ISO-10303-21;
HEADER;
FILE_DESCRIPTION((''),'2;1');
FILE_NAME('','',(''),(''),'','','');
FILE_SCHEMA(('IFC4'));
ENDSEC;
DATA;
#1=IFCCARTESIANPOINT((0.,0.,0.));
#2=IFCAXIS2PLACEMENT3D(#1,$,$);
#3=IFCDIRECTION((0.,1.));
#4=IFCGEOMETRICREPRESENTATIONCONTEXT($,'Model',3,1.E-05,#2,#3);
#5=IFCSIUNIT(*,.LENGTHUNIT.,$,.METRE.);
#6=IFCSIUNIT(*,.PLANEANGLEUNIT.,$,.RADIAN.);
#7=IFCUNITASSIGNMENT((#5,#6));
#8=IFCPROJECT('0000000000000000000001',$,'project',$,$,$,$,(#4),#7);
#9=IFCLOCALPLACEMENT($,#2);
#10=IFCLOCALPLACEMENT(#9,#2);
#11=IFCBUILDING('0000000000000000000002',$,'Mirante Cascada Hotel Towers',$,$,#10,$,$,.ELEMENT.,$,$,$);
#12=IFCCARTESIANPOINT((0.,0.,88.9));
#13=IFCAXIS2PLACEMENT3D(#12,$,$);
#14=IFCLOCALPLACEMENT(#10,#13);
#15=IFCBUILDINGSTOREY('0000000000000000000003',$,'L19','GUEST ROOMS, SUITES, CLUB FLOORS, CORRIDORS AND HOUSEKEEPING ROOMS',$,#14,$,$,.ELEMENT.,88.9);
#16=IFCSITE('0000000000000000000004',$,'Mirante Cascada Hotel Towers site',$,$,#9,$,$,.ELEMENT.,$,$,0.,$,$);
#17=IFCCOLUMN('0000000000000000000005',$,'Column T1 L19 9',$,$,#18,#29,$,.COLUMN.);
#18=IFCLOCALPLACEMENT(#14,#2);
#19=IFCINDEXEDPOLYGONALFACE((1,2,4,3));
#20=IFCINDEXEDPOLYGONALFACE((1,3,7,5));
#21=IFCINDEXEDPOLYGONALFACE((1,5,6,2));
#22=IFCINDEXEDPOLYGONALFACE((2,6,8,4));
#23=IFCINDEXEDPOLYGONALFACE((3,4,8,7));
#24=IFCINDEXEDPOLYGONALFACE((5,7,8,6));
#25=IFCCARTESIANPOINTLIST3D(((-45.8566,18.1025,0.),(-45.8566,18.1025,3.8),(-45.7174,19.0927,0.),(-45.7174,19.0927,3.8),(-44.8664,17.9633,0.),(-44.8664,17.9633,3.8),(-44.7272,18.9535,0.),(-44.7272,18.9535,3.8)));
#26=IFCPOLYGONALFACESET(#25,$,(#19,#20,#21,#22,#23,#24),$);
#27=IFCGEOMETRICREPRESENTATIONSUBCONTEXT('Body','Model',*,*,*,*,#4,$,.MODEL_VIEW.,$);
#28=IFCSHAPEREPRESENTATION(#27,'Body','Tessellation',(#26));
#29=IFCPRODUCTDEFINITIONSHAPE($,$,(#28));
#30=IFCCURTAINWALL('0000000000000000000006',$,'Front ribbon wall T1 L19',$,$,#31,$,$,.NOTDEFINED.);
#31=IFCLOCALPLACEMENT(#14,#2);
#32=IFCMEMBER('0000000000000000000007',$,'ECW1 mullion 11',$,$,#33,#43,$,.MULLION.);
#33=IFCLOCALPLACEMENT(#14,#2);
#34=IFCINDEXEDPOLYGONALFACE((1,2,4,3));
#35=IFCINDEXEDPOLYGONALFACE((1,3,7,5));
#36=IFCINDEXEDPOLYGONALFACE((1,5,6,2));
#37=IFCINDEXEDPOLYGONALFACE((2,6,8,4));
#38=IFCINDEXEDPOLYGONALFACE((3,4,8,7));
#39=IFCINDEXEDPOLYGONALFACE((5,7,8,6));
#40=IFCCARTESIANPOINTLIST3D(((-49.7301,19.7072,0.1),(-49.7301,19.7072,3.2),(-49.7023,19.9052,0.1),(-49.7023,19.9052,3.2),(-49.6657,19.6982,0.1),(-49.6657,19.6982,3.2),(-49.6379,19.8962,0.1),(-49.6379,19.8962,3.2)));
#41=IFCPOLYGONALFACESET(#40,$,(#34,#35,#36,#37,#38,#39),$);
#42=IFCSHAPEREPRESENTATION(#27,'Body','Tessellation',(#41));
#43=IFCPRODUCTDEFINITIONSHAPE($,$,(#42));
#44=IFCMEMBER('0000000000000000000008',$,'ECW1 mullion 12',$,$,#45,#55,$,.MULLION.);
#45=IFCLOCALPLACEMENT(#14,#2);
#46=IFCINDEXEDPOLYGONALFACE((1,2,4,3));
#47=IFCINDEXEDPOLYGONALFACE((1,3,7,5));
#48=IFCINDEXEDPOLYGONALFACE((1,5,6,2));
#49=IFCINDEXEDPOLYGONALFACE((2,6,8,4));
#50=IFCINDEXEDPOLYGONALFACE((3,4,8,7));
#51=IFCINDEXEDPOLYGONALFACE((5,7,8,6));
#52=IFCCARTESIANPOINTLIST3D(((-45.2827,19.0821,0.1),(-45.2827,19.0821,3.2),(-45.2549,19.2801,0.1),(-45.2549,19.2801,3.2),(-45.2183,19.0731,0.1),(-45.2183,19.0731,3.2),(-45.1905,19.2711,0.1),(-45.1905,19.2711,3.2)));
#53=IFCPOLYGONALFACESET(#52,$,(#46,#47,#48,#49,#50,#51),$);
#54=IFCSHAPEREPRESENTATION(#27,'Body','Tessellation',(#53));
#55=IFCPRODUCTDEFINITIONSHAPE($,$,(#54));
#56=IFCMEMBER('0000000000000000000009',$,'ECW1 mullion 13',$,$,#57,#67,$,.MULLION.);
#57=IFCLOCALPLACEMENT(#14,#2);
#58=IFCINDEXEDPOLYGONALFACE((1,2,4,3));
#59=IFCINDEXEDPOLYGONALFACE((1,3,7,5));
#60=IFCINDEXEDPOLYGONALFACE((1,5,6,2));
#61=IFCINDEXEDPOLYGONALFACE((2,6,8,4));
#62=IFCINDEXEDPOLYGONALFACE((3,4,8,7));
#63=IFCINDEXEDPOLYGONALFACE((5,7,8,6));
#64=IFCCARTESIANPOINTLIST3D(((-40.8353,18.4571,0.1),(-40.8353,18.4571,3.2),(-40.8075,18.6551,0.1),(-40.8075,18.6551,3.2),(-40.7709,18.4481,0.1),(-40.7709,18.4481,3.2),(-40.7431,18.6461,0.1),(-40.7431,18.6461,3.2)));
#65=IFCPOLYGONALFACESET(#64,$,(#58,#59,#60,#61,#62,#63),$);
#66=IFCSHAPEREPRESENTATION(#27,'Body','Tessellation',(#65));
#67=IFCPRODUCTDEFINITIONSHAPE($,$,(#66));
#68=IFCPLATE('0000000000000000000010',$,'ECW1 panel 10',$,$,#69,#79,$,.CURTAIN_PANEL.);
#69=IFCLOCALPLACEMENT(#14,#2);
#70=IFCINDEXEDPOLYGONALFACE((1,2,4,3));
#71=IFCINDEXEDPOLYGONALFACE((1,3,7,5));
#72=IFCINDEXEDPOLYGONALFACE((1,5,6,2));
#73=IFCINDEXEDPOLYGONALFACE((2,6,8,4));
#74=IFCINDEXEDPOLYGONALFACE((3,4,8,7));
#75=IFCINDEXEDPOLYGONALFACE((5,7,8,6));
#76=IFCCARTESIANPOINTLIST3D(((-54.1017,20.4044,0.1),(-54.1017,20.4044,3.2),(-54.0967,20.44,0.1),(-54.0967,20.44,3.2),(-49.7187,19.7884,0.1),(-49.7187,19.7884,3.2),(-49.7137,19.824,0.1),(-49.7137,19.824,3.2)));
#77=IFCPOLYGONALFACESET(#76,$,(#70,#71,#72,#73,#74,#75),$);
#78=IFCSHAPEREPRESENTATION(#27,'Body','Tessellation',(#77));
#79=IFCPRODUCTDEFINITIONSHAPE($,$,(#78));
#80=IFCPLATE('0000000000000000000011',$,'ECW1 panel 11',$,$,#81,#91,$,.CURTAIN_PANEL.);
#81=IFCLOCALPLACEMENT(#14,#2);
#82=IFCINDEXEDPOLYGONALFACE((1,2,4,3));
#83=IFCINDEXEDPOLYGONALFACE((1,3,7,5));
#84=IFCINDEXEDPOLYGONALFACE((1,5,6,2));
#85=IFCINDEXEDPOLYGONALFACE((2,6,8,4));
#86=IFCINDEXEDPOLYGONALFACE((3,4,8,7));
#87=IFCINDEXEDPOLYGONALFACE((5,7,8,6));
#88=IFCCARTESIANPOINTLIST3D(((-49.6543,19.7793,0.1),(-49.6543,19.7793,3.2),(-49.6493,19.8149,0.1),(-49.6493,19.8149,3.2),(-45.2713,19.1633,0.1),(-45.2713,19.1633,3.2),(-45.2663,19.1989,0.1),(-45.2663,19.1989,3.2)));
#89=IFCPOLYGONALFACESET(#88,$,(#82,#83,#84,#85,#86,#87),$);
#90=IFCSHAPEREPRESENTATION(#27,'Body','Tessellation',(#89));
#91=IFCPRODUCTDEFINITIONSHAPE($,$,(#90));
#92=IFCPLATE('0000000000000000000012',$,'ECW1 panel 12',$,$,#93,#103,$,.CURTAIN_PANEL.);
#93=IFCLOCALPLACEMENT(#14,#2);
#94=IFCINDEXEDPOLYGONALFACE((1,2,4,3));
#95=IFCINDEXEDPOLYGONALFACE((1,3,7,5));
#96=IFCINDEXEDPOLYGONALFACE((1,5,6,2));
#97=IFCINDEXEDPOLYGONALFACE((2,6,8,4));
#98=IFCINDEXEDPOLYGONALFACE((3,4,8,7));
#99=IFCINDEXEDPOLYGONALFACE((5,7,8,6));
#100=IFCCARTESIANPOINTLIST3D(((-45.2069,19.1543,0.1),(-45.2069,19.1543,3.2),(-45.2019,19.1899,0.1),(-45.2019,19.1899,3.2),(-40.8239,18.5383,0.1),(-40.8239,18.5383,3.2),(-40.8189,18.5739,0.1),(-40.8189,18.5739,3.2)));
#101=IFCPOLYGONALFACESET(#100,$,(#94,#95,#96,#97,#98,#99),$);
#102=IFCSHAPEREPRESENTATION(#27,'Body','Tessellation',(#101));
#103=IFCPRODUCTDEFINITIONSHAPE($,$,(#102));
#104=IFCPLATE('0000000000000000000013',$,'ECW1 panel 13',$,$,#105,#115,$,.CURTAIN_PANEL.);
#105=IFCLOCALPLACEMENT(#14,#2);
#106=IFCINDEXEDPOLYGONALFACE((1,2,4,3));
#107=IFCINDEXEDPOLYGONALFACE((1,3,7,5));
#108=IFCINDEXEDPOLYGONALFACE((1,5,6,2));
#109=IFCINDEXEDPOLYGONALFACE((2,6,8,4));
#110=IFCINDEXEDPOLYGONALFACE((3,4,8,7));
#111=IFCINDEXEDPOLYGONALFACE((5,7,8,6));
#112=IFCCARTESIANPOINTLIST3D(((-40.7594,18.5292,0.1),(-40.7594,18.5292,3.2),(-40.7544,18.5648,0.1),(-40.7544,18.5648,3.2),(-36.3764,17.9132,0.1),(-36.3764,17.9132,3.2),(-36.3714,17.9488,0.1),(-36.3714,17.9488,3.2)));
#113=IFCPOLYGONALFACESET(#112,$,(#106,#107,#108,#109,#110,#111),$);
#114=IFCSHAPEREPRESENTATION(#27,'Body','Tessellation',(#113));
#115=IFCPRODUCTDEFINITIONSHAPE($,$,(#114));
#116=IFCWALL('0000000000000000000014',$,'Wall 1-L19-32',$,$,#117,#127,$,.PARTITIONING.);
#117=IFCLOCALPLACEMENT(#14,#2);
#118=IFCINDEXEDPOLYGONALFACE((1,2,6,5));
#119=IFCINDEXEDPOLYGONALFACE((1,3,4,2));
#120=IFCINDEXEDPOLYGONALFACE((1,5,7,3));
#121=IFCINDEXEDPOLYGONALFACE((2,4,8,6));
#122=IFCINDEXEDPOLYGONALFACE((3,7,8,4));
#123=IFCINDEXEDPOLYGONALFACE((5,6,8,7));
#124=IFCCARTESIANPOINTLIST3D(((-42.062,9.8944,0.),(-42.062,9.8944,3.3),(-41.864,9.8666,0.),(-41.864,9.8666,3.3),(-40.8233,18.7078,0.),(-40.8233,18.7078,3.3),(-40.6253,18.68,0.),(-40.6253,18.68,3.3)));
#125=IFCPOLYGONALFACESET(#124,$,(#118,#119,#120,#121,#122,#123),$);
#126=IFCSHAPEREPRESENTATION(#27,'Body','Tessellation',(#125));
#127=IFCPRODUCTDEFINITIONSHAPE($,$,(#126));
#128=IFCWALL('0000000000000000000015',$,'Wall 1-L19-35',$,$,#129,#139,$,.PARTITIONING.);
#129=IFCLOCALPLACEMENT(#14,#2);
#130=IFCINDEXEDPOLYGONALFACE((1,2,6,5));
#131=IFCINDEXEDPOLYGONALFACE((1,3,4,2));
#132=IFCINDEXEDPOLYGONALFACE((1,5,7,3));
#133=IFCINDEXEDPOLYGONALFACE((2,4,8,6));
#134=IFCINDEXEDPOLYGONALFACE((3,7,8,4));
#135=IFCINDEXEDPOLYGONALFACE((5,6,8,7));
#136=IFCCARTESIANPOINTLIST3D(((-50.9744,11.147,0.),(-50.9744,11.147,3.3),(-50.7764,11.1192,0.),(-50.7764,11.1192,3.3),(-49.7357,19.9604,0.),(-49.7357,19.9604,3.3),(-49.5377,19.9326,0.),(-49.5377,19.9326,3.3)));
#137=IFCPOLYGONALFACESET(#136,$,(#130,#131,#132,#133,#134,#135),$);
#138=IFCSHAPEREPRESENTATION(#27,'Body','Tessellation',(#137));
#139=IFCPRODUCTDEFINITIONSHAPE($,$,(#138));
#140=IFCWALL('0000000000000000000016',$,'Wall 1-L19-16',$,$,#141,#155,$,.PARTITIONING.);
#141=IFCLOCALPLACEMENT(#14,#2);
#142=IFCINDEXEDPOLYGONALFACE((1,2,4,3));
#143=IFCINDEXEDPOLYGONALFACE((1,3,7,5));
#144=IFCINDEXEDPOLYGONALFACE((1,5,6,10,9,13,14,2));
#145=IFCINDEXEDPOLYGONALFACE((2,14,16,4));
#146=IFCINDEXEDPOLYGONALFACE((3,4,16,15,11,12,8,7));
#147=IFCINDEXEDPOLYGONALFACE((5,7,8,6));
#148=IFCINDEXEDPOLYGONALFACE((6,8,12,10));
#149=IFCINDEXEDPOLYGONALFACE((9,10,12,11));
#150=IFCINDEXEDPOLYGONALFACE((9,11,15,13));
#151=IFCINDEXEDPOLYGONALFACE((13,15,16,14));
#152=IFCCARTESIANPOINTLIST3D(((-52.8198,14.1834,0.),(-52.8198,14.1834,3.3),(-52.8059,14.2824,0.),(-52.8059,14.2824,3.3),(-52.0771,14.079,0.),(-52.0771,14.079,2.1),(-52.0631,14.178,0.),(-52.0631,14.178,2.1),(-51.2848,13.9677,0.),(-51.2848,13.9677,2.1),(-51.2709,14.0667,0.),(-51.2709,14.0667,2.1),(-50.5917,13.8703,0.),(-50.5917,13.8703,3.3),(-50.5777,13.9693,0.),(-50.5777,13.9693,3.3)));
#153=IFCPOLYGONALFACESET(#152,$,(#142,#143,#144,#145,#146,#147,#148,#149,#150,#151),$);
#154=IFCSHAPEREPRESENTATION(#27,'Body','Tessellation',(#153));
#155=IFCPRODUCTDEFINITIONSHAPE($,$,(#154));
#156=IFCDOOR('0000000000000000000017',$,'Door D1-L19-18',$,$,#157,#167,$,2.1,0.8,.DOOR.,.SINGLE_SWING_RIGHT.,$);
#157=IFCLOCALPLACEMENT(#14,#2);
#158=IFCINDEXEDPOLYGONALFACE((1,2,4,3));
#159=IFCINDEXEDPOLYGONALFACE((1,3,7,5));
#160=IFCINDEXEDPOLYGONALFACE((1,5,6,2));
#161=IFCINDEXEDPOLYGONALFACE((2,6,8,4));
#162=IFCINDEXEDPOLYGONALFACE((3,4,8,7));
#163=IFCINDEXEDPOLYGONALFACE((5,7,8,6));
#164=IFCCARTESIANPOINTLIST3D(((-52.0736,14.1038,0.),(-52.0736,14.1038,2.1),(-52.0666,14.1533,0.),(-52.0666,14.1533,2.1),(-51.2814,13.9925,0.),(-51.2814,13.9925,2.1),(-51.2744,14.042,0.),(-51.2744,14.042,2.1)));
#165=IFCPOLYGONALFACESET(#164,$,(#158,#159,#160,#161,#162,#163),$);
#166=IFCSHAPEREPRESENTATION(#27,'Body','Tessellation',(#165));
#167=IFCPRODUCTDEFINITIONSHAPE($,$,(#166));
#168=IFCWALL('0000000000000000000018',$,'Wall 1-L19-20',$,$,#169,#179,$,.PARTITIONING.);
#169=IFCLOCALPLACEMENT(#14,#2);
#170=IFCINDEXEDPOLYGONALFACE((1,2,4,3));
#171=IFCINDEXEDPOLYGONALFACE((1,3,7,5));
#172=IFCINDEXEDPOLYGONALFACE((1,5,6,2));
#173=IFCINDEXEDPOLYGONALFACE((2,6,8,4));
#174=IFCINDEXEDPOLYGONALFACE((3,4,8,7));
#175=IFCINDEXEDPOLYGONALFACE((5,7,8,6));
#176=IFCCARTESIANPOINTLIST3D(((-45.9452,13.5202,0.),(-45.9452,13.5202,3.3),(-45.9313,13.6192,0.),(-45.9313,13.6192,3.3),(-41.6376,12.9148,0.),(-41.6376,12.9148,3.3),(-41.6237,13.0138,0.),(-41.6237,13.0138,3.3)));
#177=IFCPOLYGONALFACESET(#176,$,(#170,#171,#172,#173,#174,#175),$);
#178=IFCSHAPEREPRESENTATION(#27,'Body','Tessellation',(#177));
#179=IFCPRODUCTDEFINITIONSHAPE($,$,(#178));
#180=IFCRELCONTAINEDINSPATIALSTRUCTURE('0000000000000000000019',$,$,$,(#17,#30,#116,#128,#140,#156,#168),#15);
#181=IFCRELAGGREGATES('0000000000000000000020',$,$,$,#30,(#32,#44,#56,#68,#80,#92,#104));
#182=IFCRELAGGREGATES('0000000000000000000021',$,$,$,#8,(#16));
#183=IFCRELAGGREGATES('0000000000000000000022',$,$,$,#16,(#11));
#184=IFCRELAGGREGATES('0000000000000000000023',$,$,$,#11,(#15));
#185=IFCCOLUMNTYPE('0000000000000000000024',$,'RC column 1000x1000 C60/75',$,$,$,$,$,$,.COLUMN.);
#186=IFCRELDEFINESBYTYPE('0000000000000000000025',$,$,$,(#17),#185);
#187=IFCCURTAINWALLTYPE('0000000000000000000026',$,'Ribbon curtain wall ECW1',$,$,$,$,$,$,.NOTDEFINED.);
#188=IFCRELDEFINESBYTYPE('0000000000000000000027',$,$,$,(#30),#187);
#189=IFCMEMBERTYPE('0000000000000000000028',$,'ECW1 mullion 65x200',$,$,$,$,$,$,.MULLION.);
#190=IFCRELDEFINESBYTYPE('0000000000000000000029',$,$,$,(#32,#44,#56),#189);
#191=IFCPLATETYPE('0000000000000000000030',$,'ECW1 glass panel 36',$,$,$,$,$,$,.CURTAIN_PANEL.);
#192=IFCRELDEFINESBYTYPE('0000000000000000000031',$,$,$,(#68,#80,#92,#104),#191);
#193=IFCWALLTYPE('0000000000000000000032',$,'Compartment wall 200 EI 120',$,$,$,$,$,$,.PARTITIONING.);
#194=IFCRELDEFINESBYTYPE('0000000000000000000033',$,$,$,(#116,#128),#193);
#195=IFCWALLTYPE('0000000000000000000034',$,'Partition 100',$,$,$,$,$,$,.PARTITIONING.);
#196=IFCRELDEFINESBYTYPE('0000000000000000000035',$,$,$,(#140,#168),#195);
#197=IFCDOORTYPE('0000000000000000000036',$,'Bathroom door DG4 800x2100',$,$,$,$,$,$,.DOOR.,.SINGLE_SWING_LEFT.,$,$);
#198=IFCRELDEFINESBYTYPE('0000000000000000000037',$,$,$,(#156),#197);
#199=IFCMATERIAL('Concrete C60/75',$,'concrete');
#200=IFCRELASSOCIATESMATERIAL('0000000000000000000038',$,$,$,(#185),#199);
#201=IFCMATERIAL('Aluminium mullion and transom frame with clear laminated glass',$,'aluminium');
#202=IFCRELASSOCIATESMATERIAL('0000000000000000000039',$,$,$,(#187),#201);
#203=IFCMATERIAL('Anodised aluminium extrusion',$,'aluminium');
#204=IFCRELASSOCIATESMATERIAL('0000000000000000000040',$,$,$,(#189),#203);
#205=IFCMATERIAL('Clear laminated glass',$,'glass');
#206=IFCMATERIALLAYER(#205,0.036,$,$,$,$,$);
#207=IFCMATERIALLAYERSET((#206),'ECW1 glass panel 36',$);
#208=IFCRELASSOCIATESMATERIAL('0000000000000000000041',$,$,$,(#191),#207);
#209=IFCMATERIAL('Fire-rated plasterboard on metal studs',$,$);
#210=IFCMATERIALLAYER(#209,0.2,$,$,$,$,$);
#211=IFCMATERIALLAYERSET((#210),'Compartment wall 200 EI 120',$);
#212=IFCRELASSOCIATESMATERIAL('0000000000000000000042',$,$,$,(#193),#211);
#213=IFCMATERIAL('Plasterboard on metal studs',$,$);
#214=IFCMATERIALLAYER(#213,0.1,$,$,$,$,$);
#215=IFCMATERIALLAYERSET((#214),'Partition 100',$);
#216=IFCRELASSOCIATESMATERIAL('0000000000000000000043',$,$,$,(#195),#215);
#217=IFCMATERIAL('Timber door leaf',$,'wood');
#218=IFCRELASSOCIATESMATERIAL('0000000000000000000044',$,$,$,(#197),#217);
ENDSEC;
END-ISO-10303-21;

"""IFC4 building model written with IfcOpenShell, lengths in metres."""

from ifc_helpers import new_model, si_unit, direction, frame, frame_2d, origin, origin_2d, place, context, subcontext, project, spatial, rectangle, extrude, material, layer, layer_set, material_profile, profile_set, type_object, element, fill, aggregate, save


model = new_model("IFC4")

# Units and contexts
model_context = context("Model", 3, precision=1e-05, world=origin(), true_north=direction((0.0, 1.0)))
body_context = subcontext(model_context, "Body", "Model", "MODEL_VIEW")
ifc_project = project(units=[si_unit("LENGTHUNIT", "METRE"), si_unit("PLANEANGLEUNIT", "RADIAN")], contexts=[model_context])

# Site, building, storey
site_placement = place(None, origin())
site = spatial("IfcSite", under=ifc_project, at=site_placement, Name="Mirante Cascada Hotel Towers site", CompositionType="ELEMENT", RefElevation=0.0)
building_placement = place(site_placement, origin())
building = spatial("IfcBuilding", under=site, at=building_placement, Name="Mirante Cascada Hotel Towers", CompositionType="ELEMENT")
storey_placement = place(building_placement, frame((0.0, 0.0, 88.9)))
storey = spatial("IfcBuildingStorey", under=building, at=storey_placement, Name="L19", Description="GUEST ROOMS, SUITES, CLUB FLOORS, CORRIDORS AND HOUSEKEEPING ROOMS", CompositionType="ELEMENT", Elevation=88.9)

# Column
ifc_material_1 = material(Name="Concrete C60/75", Category="concrete")
ifc_material_profile_1 = material_profile(ifc_material_1, rectangle(XDim=1.0, YDim=1.0, at=origin_2d()), Name="RC column 1000x1000 C60/75")
ifc_profile_set_1 = profile_set([ifc_material_profile_1], Name="Concrete C60/75")
column_type = type_object("IfcColumnType", Name="RC column 1000x1000 C60/75", PredefinedType="COLUMN", material=ifc_profile_set_1)
column_placement = place(storey_placement, frame((-45.2919, 18.528, 0.0), z_axis=(0.0, 0.0, 1.0), x_axis=(-0.990268, 0.139173, 0.0)))
element("IfcColumn", 1, at=column_placement, inside=storey, type_object=column_type, Name="Column T1 L19 9", PredefinedType="COLUMN", context=body_context, shape_type="SweptSolid", body=[
    extrude(rectangle(XDim=1.0, YDim=1.0, at=origin_2d()), origin(), (0.0, 0.0, 1.0), 3.8),
])

# Curtain wall, members, plates
ifc_material_2 = material(Name="Aluminium mullion and transom frame with clear laminated glass", Category="aluminium")
curtain_wall_type = type_object("IfcCurtainWallType", Name="Ribbon curtain wall ECW1", PredefinedType="NOTDEFINED", material=ifc_material_2)
curtain_wall_placement = place(storey_placement, origin())
curtain_wall = element("IfcCurtainWall", 2, at=curtain_wall_placement, inside=storey, type_object=curtain_wall_type, Name="Front ribbon wall T1 L19", PredefinedType="NOTDEFINED")
ifc_material_3 = material(Name="Anodised aluminium extrusion", Category="aluminium")
ifc_material_profile_2 = material_profile(ifc_material_3, rectangle(XDim=0.2, YDim=0.065, at=origin_2d()), Name="ECW1 MULLION 65x200")
ifc_profile_set_2 = profile_set([ifc_material_profile_2], Name="Anodised aluminium extrusion")
member_type = type_object("IfcMemberType", Name="ECW1 mullion 65x200", PredefinedType="MULLION", material=ifc_profile_set_2)
member_1_placement = place(storey_placement, frame((-49.684, 19.8017, 0.1), z_axis=(0.0, 0.0, 1.0), x_axis=(0.139173, 0.990268, 0.0)))
member_1 = element("IfcMember", 3, at=member_1_placement, type_object=member_type, Name="ECW1 mullion 11", PredefinedType="MULLION", context=body_context, shape_type="SweptSolid", body=[
    extrude(rectangle(XDim=0.2, YDim=0.065, at=origin_2d()), origin(), (0.0, 0.0, 1.0), 3.1),
])
member_2_placement = place(storey_placement, frame((-45.2366, 19.1766, 0.1), z_axis=(0.0, 0.0, 1.0), x_axis=(0.139173, 0.990268, 0.0)))
member_2 = element("IfcMember", 4, at=member_2_placement, type_object=member_type, Name="ECW1 mullion 12", PredefinedType="MULLION", context=body_context, shape_type="SweptSolid", body=[
    extrude(rectangle(XDim=0.2, YDim=0.065, at=origin_2d()), origin(), (0.0, 0.0, 1.0), 3.1),
])
member_3_placement = place(storey_placement, frame((-40.7892, 18.5516, 0.1), z_axis=(0.0, 0.0, 1.0), x_axis=(0.139173, 0.990268, 0.0)))
member_3 = element("IfcMember", 5, at=member_3_placement, type_object=member_type, Name="ECW1 mullion 13", PredefinedType="MULLION", context=body_context, shape_type="SweptSolid", body=[
    extrude(rectangle(XDim=0.2, YDim=0.065, at=origin_2d()), origin(), (0.0, 0.0, 1.0), 3.1),
])
ifc_material_4 = material(Name="Clear laminated glass", Category="glass")
ifc_layer_1 = layer(ifc_material_4, 0.036)
ifc_layer_set_1 = layer_set([ifc_layer_1], Name="ECW1 glass panel 36")
plate_type = type_object("IfcPlateType", Name="ECW1 glass panel 36", PredefinedType="CURTAIN_PANEL", material=ifc_layer_set_1)
plate_1_placement = place(storey_placement, frame((-51.9077, 20.1142, 0.1), z_axis=(0.0, 0.0, 1.0), x_axis=(0.990268, -0.139173, 0.0)))
plate_1 = element("IfcPlate", 6, at=plate_1_placement, type_object=plate_type, Name="ECW1 panel 10", PredefinedType="CURTAIN_PANEL", context=body_context, shape_type="SweptSolid", body=[
    extrude(rectangle(XDim=4.4261, YDim=0.036, at=origin_2d()), origin(), (0.0, 0.0, 1.0), 3.1),
])
plate_2_placement = place(storey_placement, frame((-47.4603, 19.4891, 0.1), z_axis=(0.0, 0.0, 1.0), x_axis=(0.990268, -0.139173, 0.0)))
plate_2 = element("IfcPlate", 7, at=plate_2_placement, type_object=plate_type, Name="ECW1 panel 11", PredefinedType="CURTAIN_PANEL", context=body_context, shape_type="SweptSolid", body=[
    extrude(rectangle(XDim=4.4261, YDim=0.036, at=origin_2d()), origin(), (0.0, 0.0, 1.0), 3.1),
])
plate_3_placement = place(storey_placement, frame((-43.0129, 18.8641, 0.1), z_axis=(0.0, 0.0, 1.0), x_axis=(0.990268, -0.139173, 0.0)))
plate_3 = element("IfcPlate", 8, at=plate_3_placement, type_object=plate_type, Name="ECW1 panel 12", PredefinedType="CURTAIN_PANEL", context=body_context, shape_type="SweptSolid", body=[
    extrude(rectangle(XDim=4.4261, YDim=0.036, at=origin_2d()), origin(), (0.0, 0.0, 1.0), 3.1),
])
plate_4_placement = place(storey_placement, frame((-38.5654, 18.239, 0.1), z_axis=(0.0, 0.0, 1.0), x_axis=(0.990268, -0.139173, 0.0)))
plate_4 = element("IfcPlate", 9, at=plate_4_placement, type_object=plate_type, Name="ECW1 panel 13", PredefinedType="CURTAIN_PANEL", context=body_context, shape_type="SweptSolid", body=[
    extrude(rectangle(XDim=4.4261, YDim=0.036, at=origin_2d()), origin(), (0.0, 0.0, 1.0), 3.1),
])
aggregate(curtain_wall, [member_1, member_2, member_3, plate_1, plate_2, plate_3, plate_4])

# Walls
ifc_material_5 = material(Name="Fire-rated plasterboard on metal studs")
ifc_layer_2 = layer(ifc_material_5, 0.2)
ifc_layer_set_2 = layer_set([ifc_layer_2], Name="Compartment wall 200 EI 120")
wall_type_1 = type_object("IfcWallType", Name="Compartment wall 200 EI 120", PredefinedType="PARTITIONING", material=ifc_layer_set_2)
for number, where, z_axis, x_axis, name in (
    (10, (-41.963, 9.8805, 0.0), (0.0, 0.0, 1.0), (0.139179, 0.990267, 0.0), "Wall 1-L19-32"),
    (11, (-49.6367, 19.9465, 0.0), (0.0, 0.0, 1.0), (-0.139179, -0.990267, 0.0), "Wall 1-L19-35"),
):
    element("IfcWall", number, at=place(storey_placement, frame(where, z_axis=z_axis, x_axis=x_axis)), inside=storey, type_object=wall_type_1, Name=name, PredefinedType="PARTITIONING", context=body_context, shape_type="SweptSolid", body=[
        extrude(rectangle(XDim=8.9, YDim=0.2, at=frame_2d((4.45, 0.0))), origin(), (0.0, 0.0, 1.0), 3.3),
    ])

# Wall, opening, door
ifc_material_6 = material(Name="Plasterboard on metal studs")
ifc_layer_3 = layer(ifc_material_6, 0.1)
ifc_layer_set_3 = layer_set([ifc_layer_3], Name="Partition 100")
wall_type_2 = type_object("IfcWallType", Name="Partition 100", PredefinedType="PARTITIONING", material=ifc_layer_set_3)
wall_1_placement = place(storey_placement, frame((-50.5847, 13.9198, 0.0), z_axis=(0.0, 0.0, 1.0), x_axis=(-0.990271, 0.139156, 0.0)))
wall_1 = element("IfcWall", 12, at=wall_1_placement, inside=storey, type_object=wall_type_2, Name="Wall 1-L19-16", PredefinedType="PARTITIONING", context=body_context, shape_type="SweptSolid", body=[
    extrude(rectangle(XDim=2.25, YDim=0.1, at=frame_2d((1.125, 0.0))), origin(), (0.0, 0.0, 1.0), 3.3),
])
opening_1_placement = place(wall_1_placement, frame((0.7, 0.0, 0.0)))
opening_1 = element("IfcOpeningElement", 13, at=opening_1_placement, cuts=wall_1, PredefinedType="OPENING", context=body_context, shape_type="SweptSolid", body=[
    extrude(rectangle(XDim=0.8, YDim=2.1, at=frame_2d((0.4, 1.05))), frame((0.0, 0.05, 0.0), z_axis=(0.0, -1.0, 0.0), x_axis=(1.0, 0.0, 0.0)), (0.0, 0.0, 1.0), 0.1),
])
ifc_material_7 = material(Name="Timber door leaf", Category="wood")
door_type_1 = type_object("IfcDoorType", Name="Bathroom door DG4 800x2100", OperationType="SINGLE_SWING_LEFT", PredefinedType="DOOR", material=ifc_material_7)
door_1_placement = place(opening_1_placement, frame((0.8, 0.0, 0.0), z_axis=(0.0, 0.0, 1.0), x_axis=(-1.0, 0.0, 0.0)))
door_1 = element("IfcDoor", 14, at=door_1_placement, inside=storey, type_object=door_type_1, Name="Door D1-L19-18", OperationType="SINGLE_SWING_RIGHT", OverallHeight=2.1, OverallWidth=0.8, PredefinedType="DOOR", context=body_context, shape_type="SweptSolid", body=[
    extrude(rectangle(XDim=0.8, YDim=2.1, at=frame_2d((0.4, 1.05))), frame((0.0, 0.025, 0.0), z_axis=(0.0, -1.0, 0.0), x_axis=(1.0, 0.0, 0.0)), (0.0, 0.0, 1.0), 0.05),
])
fill(opening_1, door_1)

# Wall
wall_2_placement = place(storey_placement, frame((-41.6306, 12.9643, 0.0), z_axis=(0.0, 0.0, 1.0), x_axis=(-0.990268, 0.139175, 0.0)))
element("IfcWall", 15, at=wall_2_placement, inside=storey, type_object=wall_type_2, Name="Wall 1-L19-20", PredefinedType="PARTITIONING", context=body_context, shape_type="SweptSolid", body=[
    extrude(rectangle(XDim=4.3499, YDim=0.1, at=frame_2d((2.175, 0.0))), origin(), (0.0, 0.0, 1.0), 3.3),
])

save(model, "model.ifc")
